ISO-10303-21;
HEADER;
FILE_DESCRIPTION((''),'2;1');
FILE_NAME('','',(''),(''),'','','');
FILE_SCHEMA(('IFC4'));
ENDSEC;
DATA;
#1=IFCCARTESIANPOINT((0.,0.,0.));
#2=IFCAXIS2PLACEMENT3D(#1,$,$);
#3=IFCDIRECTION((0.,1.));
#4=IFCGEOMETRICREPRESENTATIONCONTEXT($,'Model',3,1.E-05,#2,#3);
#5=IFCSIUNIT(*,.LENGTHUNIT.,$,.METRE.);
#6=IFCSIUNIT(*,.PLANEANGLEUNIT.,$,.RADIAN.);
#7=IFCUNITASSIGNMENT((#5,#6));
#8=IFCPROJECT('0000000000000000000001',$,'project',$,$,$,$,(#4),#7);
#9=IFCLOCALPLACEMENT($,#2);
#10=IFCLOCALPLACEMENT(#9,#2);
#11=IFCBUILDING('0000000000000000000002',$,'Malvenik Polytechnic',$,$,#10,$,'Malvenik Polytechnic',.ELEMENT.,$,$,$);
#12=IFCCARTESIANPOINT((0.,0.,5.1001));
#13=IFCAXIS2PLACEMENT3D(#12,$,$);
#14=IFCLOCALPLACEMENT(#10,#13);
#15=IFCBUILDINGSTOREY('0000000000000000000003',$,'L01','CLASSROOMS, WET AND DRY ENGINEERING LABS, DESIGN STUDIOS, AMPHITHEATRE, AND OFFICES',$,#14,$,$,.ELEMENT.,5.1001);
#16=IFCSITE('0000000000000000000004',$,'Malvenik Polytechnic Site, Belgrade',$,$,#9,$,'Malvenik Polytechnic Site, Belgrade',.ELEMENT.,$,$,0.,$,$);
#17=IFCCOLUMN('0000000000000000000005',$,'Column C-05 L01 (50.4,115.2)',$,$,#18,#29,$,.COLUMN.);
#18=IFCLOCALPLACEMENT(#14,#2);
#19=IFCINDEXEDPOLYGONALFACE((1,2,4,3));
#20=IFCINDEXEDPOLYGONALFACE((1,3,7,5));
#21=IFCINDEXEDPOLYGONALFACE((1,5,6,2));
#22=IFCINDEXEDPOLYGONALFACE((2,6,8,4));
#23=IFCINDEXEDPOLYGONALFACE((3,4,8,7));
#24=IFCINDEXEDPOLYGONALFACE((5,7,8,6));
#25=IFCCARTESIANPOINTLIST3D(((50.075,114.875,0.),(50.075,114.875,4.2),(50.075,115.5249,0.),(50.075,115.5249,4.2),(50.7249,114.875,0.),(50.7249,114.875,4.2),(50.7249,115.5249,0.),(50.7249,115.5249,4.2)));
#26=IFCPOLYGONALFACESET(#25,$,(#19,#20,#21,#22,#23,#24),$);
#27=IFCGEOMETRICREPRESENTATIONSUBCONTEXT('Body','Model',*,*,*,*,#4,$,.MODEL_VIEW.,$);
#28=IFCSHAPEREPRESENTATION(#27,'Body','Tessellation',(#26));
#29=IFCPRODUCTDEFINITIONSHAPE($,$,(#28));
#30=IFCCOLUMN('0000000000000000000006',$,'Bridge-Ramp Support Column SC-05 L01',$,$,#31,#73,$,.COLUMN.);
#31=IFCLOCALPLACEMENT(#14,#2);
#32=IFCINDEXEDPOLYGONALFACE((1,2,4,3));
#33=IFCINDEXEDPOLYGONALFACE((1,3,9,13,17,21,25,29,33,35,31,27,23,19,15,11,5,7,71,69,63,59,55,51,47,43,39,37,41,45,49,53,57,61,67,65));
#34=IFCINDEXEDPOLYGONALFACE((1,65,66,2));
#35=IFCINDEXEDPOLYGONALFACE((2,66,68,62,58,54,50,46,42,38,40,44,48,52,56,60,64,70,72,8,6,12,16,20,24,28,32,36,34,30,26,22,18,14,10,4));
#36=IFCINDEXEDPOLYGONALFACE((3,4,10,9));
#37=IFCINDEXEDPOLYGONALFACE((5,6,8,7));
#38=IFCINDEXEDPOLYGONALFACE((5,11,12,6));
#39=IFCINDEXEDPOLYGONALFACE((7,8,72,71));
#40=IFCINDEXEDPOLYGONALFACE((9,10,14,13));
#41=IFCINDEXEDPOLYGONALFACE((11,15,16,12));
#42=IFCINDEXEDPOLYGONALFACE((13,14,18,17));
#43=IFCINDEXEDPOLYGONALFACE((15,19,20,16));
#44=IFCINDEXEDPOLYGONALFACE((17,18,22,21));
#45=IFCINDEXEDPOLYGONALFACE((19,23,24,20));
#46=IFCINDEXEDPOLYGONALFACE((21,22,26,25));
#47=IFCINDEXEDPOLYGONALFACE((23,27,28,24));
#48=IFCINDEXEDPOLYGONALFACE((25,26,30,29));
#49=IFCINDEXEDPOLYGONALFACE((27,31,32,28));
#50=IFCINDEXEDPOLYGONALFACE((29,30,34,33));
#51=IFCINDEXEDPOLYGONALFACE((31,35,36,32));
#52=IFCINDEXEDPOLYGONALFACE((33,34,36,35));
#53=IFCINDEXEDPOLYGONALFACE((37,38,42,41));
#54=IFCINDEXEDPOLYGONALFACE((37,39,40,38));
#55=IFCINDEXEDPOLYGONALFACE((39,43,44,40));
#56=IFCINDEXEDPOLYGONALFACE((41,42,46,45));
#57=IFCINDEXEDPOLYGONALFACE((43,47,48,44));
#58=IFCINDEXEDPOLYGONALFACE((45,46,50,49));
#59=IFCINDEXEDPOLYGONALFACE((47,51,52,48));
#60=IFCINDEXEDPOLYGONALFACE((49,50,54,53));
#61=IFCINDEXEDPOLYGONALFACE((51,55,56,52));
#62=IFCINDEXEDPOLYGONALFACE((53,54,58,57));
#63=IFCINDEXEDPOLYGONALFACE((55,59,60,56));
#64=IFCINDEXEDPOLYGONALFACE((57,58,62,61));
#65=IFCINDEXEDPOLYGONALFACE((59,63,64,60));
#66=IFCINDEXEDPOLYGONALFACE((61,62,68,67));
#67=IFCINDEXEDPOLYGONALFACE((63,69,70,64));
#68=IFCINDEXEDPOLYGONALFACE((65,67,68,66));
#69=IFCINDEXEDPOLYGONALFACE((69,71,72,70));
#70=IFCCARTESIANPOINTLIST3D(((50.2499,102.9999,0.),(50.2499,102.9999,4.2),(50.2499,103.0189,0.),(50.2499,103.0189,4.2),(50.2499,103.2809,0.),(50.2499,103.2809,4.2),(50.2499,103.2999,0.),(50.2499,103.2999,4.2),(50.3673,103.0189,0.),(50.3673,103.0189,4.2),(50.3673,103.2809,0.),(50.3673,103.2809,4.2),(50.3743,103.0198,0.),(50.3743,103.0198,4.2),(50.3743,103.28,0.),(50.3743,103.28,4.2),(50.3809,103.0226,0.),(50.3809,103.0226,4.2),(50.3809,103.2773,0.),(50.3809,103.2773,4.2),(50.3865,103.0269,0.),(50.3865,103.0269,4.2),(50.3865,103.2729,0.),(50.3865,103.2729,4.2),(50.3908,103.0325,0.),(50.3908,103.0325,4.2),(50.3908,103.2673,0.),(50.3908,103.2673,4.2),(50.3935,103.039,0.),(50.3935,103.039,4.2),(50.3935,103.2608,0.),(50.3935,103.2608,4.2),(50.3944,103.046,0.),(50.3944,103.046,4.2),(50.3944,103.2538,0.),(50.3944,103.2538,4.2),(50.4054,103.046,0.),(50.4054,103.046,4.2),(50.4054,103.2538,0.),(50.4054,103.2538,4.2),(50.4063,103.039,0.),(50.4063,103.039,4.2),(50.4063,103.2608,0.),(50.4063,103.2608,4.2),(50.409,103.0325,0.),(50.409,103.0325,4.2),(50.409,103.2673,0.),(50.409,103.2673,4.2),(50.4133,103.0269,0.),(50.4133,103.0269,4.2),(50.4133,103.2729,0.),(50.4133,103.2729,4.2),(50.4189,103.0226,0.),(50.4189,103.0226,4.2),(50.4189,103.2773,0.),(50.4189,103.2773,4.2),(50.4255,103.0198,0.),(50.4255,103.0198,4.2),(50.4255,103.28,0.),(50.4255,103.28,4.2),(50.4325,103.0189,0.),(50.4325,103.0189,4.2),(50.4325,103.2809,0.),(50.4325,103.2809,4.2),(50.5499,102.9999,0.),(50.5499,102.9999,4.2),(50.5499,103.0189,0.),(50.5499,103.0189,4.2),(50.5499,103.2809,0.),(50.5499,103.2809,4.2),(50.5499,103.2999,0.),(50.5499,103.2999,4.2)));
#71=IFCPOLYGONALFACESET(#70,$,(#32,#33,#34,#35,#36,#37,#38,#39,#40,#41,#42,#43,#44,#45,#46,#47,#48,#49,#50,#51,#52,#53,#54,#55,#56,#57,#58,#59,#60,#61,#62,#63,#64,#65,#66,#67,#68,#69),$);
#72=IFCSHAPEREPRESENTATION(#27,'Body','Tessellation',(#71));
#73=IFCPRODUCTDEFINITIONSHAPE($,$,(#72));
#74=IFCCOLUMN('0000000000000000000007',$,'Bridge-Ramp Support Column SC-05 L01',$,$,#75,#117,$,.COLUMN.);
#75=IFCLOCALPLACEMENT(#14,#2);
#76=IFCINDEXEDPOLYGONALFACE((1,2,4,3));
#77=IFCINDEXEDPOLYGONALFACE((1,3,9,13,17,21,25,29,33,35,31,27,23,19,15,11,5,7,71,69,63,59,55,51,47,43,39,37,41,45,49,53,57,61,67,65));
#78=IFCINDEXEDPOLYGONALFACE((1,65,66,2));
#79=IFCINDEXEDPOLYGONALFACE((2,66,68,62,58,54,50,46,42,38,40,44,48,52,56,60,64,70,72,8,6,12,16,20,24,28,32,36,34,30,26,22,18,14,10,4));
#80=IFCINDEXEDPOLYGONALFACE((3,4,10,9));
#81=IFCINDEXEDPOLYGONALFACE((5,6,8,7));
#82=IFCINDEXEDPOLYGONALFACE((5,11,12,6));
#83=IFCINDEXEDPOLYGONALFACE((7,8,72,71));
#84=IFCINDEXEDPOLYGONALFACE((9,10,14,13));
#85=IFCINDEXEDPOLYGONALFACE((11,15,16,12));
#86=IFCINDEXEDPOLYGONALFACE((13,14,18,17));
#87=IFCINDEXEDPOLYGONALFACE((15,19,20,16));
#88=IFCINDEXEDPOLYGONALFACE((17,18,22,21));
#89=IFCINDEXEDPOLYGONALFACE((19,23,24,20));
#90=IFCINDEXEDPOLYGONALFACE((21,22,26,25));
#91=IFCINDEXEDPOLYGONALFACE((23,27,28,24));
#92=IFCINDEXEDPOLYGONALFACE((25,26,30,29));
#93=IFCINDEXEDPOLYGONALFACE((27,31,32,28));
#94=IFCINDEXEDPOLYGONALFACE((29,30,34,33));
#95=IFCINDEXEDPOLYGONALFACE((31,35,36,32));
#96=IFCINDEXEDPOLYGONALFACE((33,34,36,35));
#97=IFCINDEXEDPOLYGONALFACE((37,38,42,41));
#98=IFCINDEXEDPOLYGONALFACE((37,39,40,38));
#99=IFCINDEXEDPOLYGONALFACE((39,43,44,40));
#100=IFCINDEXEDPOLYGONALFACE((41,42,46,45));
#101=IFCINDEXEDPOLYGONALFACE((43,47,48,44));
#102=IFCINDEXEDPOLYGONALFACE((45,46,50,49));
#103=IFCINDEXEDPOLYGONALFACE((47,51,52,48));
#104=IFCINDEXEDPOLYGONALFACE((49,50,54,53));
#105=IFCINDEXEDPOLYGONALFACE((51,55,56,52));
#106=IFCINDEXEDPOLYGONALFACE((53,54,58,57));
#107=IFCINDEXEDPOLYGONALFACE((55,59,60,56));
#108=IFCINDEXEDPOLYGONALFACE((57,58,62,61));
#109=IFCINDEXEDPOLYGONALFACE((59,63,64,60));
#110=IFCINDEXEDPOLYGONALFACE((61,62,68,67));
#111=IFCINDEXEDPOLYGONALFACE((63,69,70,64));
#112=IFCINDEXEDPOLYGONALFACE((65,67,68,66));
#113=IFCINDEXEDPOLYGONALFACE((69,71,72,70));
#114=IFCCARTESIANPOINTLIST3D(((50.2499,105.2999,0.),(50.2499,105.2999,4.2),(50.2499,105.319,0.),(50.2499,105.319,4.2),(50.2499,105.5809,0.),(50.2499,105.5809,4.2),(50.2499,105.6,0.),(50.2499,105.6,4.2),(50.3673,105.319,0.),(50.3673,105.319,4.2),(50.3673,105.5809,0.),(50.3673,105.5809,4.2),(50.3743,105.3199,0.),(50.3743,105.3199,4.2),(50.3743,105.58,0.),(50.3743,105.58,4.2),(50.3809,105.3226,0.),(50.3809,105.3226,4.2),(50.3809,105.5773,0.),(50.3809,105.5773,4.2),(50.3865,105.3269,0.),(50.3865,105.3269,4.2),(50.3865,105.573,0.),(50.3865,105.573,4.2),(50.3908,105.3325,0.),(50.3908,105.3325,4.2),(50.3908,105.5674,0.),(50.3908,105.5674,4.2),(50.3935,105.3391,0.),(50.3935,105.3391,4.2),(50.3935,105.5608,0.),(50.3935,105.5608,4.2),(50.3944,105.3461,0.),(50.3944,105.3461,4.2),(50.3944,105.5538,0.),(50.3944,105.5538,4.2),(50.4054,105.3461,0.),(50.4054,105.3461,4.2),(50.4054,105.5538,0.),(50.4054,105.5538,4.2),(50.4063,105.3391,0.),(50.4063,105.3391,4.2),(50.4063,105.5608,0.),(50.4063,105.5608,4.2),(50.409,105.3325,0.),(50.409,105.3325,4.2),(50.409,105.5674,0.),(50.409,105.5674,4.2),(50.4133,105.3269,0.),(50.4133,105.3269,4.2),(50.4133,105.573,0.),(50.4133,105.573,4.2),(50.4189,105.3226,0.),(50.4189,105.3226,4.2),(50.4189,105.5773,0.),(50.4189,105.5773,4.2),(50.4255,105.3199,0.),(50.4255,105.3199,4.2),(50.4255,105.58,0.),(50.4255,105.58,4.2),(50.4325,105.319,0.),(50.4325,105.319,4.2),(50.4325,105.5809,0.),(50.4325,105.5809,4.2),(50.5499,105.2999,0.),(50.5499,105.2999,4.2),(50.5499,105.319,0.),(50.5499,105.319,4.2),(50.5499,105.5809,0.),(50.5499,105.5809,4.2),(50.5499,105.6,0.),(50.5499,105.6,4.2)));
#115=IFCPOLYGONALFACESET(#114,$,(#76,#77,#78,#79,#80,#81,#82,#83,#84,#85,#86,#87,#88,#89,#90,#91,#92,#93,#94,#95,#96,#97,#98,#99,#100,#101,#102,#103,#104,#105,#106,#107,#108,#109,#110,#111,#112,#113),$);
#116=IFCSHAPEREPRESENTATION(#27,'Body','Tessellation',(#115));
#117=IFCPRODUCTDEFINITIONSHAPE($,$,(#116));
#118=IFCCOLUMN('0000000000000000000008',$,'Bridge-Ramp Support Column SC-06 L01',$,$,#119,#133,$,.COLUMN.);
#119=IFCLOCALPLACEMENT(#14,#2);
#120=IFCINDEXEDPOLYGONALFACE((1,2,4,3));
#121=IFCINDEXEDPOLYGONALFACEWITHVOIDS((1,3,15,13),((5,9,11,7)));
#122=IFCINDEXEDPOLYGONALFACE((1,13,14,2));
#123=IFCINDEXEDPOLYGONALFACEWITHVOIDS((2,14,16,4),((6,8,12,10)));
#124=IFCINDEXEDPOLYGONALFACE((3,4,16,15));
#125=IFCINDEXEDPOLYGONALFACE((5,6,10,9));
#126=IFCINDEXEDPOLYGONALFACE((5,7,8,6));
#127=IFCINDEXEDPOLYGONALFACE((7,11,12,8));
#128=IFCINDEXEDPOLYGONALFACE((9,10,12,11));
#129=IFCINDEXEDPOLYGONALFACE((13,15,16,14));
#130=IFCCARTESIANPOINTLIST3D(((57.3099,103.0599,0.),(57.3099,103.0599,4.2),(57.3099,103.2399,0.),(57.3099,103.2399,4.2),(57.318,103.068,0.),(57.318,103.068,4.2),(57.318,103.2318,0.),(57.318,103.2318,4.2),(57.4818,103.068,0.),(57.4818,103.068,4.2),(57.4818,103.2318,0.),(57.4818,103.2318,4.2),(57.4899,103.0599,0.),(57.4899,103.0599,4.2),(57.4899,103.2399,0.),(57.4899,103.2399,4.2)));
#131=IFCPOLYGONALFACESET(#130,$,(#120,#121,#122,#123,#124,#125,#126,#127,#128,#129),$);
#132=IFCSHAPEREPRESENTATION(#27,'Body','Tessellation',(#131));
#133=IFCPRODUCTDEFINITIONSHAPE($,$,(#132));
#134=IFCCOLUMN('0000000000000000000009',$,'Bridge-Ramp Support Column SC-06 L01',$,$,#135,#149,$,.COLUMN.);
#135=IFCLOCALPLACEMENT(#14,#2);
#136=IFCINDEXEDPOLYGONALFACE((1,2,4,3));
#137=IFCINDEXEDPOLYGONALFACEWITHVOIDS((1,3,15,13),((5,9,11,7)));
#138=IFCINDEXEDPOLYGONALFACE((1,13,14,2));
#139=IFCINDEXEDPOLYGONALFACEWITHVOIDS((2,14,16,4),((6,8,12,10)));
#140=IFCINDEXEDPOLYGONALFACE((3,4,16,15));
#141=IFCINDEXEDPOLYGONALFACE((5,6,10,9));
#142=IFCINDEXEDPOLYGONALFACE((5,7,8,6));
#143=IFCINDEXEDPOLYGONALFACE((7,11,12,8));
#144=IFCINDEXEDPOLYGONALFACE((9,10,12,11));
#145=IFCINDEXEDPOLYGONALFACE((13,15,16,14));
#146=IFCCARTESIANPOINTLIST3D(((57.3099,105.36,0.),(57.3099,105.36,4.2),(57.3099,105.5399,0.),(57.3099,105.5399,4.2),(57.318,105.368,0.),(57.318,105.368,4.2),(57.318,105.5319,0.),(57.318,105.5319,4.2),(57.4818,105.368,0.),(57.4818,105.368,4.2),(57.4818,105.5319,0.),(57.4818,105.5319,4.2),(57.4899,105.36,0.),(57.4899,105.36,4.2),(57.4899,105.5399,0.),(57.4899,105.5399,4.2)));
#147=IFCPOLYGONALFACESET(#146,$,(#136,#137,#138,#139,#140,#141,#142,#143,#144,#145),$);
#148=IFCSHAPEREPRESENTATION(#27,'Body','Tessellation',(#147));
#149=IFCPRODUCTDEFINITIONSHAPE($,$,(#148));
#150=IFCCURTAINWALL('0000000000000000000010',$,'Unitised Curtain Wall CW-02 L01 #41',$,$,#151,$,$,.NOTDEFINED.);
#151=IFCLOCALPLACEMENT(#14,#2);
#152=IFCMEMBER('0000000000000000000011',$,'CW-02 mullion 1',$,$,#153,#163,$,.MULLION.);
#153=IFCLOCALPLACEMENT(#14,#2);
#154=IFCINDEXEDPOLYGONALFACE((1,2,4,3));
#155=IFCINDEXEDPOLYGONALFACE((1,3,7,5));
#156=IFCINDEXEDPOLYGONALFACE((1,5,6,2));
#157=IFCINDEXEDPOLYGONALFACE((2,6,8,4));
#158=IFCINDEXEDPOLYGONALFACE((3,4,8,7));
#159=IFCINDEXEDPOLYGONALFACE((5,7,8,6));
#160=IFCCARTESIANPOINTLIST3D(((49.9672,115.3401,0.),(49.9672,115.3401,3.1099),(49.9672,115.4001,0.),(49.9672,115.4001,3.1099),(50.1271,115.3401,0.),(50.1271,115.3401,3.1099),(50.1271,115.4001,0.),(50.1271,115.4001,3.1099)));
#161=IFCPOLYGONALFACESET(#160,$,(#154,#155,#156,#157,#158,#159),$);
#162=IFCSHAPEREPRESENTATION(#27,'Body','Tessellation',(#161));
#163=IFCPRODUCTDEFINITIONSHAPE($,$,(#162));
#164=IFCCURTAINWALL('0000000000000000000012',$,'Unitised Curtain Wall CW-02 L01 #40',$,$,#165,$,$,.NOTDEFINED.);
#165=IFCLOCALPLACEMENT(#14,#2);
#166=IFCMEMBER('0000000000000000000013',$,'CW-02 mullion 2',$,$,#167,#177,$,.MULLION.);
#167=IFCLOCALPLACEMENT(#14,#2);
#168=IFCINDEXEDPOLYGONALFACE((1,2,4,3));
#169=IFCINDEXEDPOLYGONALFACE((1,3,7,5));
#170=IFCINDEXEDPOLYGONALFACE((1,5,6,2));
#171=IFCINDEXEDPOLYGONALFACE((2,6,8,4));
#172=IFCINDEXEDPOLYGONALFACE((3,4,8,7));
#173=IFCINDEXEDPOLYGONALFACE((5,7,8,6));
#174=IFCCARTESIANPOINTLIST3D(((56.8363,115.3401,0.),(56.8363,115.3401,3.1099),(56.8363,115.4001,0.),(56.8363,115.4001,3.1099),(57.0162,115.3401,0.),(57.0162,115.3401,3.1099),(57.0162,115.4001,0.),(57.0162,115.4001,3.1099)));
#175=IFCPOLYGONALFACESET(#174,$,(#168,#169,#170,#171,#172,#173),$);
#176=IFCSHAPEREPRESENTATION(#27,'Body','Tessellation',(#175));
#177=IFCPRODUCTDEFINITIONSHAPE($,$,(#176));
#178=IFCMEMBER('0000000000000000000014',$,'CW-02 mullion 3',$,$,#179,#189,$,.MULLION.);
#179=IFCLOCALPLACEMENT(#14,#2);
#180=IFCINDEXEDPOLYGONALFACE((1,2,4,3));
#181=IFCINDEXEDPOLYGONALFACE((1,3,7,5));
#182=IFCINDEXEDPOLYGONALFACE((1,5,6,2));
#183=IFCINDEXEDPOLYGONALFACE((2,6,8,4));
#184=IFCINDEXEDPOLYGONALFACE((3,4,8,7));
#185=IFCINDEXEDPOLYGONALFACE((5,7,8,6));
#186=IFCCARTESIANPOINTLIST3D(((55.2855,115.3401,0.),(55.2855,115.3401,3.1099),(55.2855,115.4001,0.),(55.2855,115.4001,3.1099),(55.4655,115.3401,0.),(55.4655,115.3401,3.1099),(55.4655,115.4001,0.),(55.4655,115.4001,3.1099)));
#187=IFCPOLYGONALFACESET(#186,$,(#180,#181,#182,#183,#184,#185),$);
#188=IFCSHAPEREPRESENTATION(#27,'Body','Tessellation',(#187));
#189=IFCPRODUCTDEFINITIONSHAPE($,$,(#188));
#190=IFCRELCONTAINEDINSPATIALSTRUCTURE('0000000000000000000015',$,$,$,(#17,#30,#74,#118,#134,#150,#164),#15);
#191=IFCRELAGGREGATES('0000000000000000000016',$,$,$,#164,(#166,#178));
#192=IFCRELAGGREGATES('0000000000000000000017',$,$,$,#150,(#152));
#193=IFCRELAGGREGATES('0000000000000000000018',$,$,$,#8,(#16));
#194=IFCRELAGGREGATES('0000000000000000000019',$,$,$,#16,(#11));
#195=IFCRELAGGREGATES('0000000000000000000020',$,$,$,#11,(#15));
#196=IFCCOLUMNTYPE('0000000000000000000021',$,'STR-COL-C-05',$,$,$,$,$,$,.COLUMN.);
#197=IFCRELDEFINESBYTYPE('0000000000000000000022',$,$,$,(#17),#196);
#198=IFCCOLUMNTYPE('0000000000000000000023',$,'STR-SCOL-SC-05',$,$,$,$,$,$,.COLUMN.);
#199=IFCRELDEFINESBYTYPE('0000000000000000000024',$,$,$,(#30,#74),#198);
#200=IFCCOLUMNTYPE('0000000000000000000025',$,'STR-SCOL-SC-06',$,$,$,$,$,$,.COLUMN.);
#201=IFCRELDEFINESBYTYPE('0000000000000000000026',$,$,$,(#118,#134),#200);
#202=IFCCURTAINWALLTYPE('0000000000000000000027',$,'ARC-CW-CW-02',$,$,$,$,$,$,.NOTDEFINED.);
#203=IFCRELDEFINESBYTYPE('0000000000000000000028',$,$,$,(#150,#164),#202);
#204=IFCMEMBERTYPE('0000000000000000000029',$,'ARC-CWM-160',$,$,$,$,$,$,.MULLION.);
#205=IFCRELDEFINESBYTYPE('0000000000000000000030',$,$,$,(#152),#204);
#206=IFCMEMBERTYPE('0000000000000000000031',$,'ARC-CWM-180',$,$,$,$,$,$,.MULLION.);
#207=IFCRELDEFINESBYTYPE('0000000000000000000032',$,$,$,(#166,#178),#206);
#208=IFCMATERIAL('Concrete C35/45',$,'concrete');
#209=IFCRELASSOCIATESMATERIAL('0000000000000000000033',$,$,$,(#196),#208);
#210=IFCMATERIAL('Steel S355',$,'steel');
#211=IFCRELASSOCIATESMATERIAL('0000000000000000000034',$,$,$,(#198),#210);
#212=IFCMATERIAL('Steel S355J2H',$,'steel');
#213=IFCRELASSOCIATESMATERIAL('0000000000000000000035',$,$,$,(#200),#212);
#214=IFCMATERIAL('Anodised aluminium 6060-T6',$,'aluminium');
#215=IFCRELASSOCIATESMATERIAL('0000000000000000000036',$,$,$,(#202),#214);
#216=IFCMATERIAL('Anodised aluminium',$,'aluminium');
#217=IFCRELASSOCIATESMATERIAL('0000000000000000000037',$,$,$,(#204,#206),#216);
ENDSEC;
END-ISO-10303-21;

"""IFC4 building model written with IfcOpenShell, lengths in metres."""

from ifc_helpers import new_model, si_unit, direction, frame, origin, origin_2d, place, context, subcontext, project, spatial, rectangle, hollow_rectangle, i_section, extrude, material, material_profile, profile_set, type_object, element, aggregate, save


model = new_model("IFC4")

# Units and contexts
model_context = context("Model", 3, precision=1e-05, world=origin(), true_north=direction((0.0, 1.0)))
body_context = subcontext(model_context, "Body", "Model", "MODEL_VIEW")
ifc_project = project(units=[si_unit("LENGTHUNIT", "METRE"), si_unit("PLANEANGLEUNIT", "RADIAN")], contexts=[model_context])

# Site, building, storey
site_placement = place(None, origin())
site = spatial("IfcSite", under=ifc_project, at=site_placement, Name="Malvenik Polytechnic Site, Belgrade", LongName="Malvenik Polytechnic Site, Belgrade", CompositionType="ELEMENT", RefElevation=0.0)
building_placement = place(site_placement, origin())
building = spatial("IfcBuilding", under=site, at=building_placement, Name="Malvenik Polytechnic", LongName="Malvenik Polytechnic", CompositionType="ELEMENT")
storey_placement = place(building_placement, frame((0.0, 0.0, 5.1001)))
storey = spatial("IfcBuildingStorey", under=building, at=storey_placement, Name="L01", Description="CLASSROOMS, WET AND DRY ENGINEERING LABS, DESIGN STUDIOS, AMPHITHEATRE, AND OFFICES", CompositionType="ELEMENT", Elevation=5.1001)

# Columns
ifc_material_1 = material(Name="Concrete C35/45", Category="concrete")
ifc_material_profile_1 = material_profile(ifc_material_1, rectangle(XDim=0.6499, YDim=0.6499, at=origin_2d()), Name="RC COL 650x650")
ifc_profile_set_1 = profile_set([ifc_material_profile_1], Name="Concrete C35/45")
column_type_1 = type_object("IfcColumnType", Name="STR-COL-C-05", PredefinedType="COLUMN", material=ifc_profile_set_1)
column_placement = place(storey_placement, frame((50.3999, 115.2, 0.0), z_axis=(0.0, 0.0, 1.0), x_axis=(1.0, 0.0, 0.0)))
element("IfcColumn", 1, at=column_placement, inside=storey, type_object=column_type_1, Name="Column C-05 L01 (50.4,115.2)", PredefinedType="COLUMN", context=body_context, shape_type="SweptSolid", body=[
    extrude(rectangle(XDim=0.6499, YDim=0.6499, at=origin_2d()), origin(), (0.0, 0.0, 1.0), 4.2),
])
ifc_material_2 = material(Name="Steel S355", Category="steel")
ifc_material_profile_2 = material_profile(ifc_material_2, i_section(OverallWidth=0.3, OverallDepth=0.3, WebThickness=0.011, FlangeThickness=0.019, FilletRadius=0.0271, at=origin_2d()), Name="HEB 300")
ifc_profile_set_2 = profile_set([ifc_material_profile_2], Name="Steel S355")
column_type_2 = type_object("IfcColumnType", Name="STR-SCOL-SC-05", PredefinedType="COLUMN", material=ifc_profile_set_2)
for number, where, z_axis, x_axis, name in (
    (2, (50.3999, 103.1499, 0.0), (0.0, 0.0, 1.0), (1.0, 0.0, 0.0), "Bridge-Ramp Support Column SC-05 L01"),
    (3, (50.3999, 105.45, 0.0), (0.0, 0.0, 1.0), (1.0, 0.0, 0.0), "Bridge-Ramp Support Column SC-05 L01"),
):
    element("IfcColumn", number, at=place(storey_placement, frame(where, z_axis=z_axis, x_axis=x_axis)), inside=storey, type_object=column_type_2, Name=name, PredefinedType="COLUMN", context=body_context, shape_type="SweptSolid", body=[
        extrude(i_section(OverallWidth=0.3, OverallDepth=0.3, WebThickness=0.011, FlangeThickness=0.019, FilletRadius=0.0271, at=origin_2d()), origin(), (0.0, 0.0, 1.0), 4.2),
    ])
ifc_material_3 = material(Name="Steel S355J2H", Category="steel")
ifc_material_profile_3 = material_profile(ifc_material_3, hollow_rectangle(XDim=0.1799, YDim=0.1799, WallThickness=0.0081, at=origin_2d()), Name="SHS 180x180x8.0")
ifc_profile_set_3 = profile_set([ifc_material_profile_3], Name="Steel S355J2H")
column_type_3 = type_object("IfcColumnType", Name="STR-SCOL-SC-06", PredefinedType="COLUMN", material=ifc_profile_set_3)
for number, where, z_axis, x_axis, name in (
    (4, (57.3999, 103.1499, 0.0), (0.0, 0.0, 1.0), (1.0, 0.0, 0.0), "Bridge-Ramp Support Column SC-06 L01"),
    (5, (57.3999, 105.45, 0.0), (0.0, 0.0, 1.0), (1.0, 0.0, 0.0), "Bridge-Ramp Support Column SC-06 L01"),
):
    element("IfcColumn", number, at=place(storey_placement, frame(where, z_axis=z_axis, x_axis=x_axis)), inside=storey, type_object=column_type_3, Name=name, PredefinedType="COLUMN", context=body_context, shape_type="SweptSolid", body=[
        extrude(hollow_rectangle(XDim=0.1799, YDim=0.1799, WallThickness=0.0081, at=origin_2d()), origin(), (0.0, 0.0, 1.0), 4.2),
    ])

# Curtain wall, member
ifc_material_4 = material(Name="Anodised aluminium 6060-T6", Category="aluminium")
curtain_wall_type = type_object("IfcCurtainWallType", Name="ARC-CW-CW-02", PredefinedType="NOTDEFINED", material=ifc_material_4)
curtain_wall_1_placement = place(storey_placement, origin())
curtain_wall_1 = element("IfcCurtainWall", 6, at=curtain_wall_1_placement, inside=storey, type_object=curtain_wall_type, Name="Unitised Curtain Wall CW-02 L01 #41", PredefinedType="NOTDEFINED")
ifc_material_5 = material(Name="Anodised aluminium", Category="aluminium")
ifc_material_profile_4 = material_profile(ifc_material_5, rectangle(XDim=0.0601, YDim=0.1599, at=origin_2d()), Name="ALU MULLION 60x160")
ifc_profile_set_4 = profile_set([ifc_material_profile_4], Name="Anodised aluminium")
member_type_1 = type_object("IfcMemberType", Name="ARC-CWM-160", PredefinedType="MULLION", material=ifc_profile_set_4)
member_1_placement = place(storey_placement, frame((50.0471, 115.3701, 0.0), z_axis=(0.0, 0.0, 1.0), x_axis=(0.0, -1.0, 0.0)))
member_1 = element("IfcMember", 7, at=member_1_placement, type_object=member_type_1, Name="CW-02 mullion 1", PredefinedType="MULLION", context=body_context, shape_type="SweptSolid", body=[
    extrude(rectangle(XDim=0.0601, YDim=0.1599, at=origin_2d()), origin(), (0.0, 0.0, 1.0), 3.1099),
])

# Curtain wall, members
curtain_wall_2_placement = place(storey_placement, origin())
curtain_wall_2 = element("IfcCurtainWall", 8, at=curtain_wall_2_placement, inside=storey, type_object=curtain_wall_type, Name="Unitised Curtain Wall CW-02 L01 #40", PredefinedType="NOTDEFINED")
ifc_material_profile_5 = material_profile(ifc_material_5, rectangle(XDim=0.0601, YDim=0.1799, at=origin_2d()), Name="ALU MULLION 60x180")
ifc_profile_set_5 = profile_set([ifc_material_profile_5], Name="Anodised aluminium")
member_type_2 = type_object("IfcMemberType", Name="ARC-CWM-180", PredefinedType="MULLION", material=ifc_profile_set_5)
member_2_placement = place(storey_placement, frame((56.9263, 115.3701, 0.0), z_axis=(0.0, 0.0, 1.0), x_axis=(0.0, -1.0, 0.0)))
member_2 = element("IfcMember", 9, at=member_2_placement, type_object=member_type_2, Name="CW-02 mullion 2", PredefinedType="MULLION", context=body_context, shape_type="SweptSolid", body=[
    extrude(rectangle(XDim=0.0601, YDim=0.1799, at=origin_2d()), origin(), (0.0, 0.0, 1.0), 3.1099),
])
member_3_placement = place(storey_placement, frame((55.3755, 115.3701, 0.0), z_axis=(0.0, 0.0, 1.0), x_axis=(0.0, -1.0, 0.0)))
member_3 = element("IfcMember", 10, at=member_3_placement, type_object=member_type_2, Name="CW-02 mullion 3", PredefinedType="MULLION", context=body_context, shape_type="SweptSolid", body=[
    extrude(rectangle(XDim=0.0601, YDim=0.1799, at=origin_2d()), origin(), (0.0, 0.0, 1.0), 3.1099),
])

aggregate(curtain_wall_2, [member_2, member_3])
aggregate(curtain_wall_1, [member_1])

save(model, "model.ifc")
